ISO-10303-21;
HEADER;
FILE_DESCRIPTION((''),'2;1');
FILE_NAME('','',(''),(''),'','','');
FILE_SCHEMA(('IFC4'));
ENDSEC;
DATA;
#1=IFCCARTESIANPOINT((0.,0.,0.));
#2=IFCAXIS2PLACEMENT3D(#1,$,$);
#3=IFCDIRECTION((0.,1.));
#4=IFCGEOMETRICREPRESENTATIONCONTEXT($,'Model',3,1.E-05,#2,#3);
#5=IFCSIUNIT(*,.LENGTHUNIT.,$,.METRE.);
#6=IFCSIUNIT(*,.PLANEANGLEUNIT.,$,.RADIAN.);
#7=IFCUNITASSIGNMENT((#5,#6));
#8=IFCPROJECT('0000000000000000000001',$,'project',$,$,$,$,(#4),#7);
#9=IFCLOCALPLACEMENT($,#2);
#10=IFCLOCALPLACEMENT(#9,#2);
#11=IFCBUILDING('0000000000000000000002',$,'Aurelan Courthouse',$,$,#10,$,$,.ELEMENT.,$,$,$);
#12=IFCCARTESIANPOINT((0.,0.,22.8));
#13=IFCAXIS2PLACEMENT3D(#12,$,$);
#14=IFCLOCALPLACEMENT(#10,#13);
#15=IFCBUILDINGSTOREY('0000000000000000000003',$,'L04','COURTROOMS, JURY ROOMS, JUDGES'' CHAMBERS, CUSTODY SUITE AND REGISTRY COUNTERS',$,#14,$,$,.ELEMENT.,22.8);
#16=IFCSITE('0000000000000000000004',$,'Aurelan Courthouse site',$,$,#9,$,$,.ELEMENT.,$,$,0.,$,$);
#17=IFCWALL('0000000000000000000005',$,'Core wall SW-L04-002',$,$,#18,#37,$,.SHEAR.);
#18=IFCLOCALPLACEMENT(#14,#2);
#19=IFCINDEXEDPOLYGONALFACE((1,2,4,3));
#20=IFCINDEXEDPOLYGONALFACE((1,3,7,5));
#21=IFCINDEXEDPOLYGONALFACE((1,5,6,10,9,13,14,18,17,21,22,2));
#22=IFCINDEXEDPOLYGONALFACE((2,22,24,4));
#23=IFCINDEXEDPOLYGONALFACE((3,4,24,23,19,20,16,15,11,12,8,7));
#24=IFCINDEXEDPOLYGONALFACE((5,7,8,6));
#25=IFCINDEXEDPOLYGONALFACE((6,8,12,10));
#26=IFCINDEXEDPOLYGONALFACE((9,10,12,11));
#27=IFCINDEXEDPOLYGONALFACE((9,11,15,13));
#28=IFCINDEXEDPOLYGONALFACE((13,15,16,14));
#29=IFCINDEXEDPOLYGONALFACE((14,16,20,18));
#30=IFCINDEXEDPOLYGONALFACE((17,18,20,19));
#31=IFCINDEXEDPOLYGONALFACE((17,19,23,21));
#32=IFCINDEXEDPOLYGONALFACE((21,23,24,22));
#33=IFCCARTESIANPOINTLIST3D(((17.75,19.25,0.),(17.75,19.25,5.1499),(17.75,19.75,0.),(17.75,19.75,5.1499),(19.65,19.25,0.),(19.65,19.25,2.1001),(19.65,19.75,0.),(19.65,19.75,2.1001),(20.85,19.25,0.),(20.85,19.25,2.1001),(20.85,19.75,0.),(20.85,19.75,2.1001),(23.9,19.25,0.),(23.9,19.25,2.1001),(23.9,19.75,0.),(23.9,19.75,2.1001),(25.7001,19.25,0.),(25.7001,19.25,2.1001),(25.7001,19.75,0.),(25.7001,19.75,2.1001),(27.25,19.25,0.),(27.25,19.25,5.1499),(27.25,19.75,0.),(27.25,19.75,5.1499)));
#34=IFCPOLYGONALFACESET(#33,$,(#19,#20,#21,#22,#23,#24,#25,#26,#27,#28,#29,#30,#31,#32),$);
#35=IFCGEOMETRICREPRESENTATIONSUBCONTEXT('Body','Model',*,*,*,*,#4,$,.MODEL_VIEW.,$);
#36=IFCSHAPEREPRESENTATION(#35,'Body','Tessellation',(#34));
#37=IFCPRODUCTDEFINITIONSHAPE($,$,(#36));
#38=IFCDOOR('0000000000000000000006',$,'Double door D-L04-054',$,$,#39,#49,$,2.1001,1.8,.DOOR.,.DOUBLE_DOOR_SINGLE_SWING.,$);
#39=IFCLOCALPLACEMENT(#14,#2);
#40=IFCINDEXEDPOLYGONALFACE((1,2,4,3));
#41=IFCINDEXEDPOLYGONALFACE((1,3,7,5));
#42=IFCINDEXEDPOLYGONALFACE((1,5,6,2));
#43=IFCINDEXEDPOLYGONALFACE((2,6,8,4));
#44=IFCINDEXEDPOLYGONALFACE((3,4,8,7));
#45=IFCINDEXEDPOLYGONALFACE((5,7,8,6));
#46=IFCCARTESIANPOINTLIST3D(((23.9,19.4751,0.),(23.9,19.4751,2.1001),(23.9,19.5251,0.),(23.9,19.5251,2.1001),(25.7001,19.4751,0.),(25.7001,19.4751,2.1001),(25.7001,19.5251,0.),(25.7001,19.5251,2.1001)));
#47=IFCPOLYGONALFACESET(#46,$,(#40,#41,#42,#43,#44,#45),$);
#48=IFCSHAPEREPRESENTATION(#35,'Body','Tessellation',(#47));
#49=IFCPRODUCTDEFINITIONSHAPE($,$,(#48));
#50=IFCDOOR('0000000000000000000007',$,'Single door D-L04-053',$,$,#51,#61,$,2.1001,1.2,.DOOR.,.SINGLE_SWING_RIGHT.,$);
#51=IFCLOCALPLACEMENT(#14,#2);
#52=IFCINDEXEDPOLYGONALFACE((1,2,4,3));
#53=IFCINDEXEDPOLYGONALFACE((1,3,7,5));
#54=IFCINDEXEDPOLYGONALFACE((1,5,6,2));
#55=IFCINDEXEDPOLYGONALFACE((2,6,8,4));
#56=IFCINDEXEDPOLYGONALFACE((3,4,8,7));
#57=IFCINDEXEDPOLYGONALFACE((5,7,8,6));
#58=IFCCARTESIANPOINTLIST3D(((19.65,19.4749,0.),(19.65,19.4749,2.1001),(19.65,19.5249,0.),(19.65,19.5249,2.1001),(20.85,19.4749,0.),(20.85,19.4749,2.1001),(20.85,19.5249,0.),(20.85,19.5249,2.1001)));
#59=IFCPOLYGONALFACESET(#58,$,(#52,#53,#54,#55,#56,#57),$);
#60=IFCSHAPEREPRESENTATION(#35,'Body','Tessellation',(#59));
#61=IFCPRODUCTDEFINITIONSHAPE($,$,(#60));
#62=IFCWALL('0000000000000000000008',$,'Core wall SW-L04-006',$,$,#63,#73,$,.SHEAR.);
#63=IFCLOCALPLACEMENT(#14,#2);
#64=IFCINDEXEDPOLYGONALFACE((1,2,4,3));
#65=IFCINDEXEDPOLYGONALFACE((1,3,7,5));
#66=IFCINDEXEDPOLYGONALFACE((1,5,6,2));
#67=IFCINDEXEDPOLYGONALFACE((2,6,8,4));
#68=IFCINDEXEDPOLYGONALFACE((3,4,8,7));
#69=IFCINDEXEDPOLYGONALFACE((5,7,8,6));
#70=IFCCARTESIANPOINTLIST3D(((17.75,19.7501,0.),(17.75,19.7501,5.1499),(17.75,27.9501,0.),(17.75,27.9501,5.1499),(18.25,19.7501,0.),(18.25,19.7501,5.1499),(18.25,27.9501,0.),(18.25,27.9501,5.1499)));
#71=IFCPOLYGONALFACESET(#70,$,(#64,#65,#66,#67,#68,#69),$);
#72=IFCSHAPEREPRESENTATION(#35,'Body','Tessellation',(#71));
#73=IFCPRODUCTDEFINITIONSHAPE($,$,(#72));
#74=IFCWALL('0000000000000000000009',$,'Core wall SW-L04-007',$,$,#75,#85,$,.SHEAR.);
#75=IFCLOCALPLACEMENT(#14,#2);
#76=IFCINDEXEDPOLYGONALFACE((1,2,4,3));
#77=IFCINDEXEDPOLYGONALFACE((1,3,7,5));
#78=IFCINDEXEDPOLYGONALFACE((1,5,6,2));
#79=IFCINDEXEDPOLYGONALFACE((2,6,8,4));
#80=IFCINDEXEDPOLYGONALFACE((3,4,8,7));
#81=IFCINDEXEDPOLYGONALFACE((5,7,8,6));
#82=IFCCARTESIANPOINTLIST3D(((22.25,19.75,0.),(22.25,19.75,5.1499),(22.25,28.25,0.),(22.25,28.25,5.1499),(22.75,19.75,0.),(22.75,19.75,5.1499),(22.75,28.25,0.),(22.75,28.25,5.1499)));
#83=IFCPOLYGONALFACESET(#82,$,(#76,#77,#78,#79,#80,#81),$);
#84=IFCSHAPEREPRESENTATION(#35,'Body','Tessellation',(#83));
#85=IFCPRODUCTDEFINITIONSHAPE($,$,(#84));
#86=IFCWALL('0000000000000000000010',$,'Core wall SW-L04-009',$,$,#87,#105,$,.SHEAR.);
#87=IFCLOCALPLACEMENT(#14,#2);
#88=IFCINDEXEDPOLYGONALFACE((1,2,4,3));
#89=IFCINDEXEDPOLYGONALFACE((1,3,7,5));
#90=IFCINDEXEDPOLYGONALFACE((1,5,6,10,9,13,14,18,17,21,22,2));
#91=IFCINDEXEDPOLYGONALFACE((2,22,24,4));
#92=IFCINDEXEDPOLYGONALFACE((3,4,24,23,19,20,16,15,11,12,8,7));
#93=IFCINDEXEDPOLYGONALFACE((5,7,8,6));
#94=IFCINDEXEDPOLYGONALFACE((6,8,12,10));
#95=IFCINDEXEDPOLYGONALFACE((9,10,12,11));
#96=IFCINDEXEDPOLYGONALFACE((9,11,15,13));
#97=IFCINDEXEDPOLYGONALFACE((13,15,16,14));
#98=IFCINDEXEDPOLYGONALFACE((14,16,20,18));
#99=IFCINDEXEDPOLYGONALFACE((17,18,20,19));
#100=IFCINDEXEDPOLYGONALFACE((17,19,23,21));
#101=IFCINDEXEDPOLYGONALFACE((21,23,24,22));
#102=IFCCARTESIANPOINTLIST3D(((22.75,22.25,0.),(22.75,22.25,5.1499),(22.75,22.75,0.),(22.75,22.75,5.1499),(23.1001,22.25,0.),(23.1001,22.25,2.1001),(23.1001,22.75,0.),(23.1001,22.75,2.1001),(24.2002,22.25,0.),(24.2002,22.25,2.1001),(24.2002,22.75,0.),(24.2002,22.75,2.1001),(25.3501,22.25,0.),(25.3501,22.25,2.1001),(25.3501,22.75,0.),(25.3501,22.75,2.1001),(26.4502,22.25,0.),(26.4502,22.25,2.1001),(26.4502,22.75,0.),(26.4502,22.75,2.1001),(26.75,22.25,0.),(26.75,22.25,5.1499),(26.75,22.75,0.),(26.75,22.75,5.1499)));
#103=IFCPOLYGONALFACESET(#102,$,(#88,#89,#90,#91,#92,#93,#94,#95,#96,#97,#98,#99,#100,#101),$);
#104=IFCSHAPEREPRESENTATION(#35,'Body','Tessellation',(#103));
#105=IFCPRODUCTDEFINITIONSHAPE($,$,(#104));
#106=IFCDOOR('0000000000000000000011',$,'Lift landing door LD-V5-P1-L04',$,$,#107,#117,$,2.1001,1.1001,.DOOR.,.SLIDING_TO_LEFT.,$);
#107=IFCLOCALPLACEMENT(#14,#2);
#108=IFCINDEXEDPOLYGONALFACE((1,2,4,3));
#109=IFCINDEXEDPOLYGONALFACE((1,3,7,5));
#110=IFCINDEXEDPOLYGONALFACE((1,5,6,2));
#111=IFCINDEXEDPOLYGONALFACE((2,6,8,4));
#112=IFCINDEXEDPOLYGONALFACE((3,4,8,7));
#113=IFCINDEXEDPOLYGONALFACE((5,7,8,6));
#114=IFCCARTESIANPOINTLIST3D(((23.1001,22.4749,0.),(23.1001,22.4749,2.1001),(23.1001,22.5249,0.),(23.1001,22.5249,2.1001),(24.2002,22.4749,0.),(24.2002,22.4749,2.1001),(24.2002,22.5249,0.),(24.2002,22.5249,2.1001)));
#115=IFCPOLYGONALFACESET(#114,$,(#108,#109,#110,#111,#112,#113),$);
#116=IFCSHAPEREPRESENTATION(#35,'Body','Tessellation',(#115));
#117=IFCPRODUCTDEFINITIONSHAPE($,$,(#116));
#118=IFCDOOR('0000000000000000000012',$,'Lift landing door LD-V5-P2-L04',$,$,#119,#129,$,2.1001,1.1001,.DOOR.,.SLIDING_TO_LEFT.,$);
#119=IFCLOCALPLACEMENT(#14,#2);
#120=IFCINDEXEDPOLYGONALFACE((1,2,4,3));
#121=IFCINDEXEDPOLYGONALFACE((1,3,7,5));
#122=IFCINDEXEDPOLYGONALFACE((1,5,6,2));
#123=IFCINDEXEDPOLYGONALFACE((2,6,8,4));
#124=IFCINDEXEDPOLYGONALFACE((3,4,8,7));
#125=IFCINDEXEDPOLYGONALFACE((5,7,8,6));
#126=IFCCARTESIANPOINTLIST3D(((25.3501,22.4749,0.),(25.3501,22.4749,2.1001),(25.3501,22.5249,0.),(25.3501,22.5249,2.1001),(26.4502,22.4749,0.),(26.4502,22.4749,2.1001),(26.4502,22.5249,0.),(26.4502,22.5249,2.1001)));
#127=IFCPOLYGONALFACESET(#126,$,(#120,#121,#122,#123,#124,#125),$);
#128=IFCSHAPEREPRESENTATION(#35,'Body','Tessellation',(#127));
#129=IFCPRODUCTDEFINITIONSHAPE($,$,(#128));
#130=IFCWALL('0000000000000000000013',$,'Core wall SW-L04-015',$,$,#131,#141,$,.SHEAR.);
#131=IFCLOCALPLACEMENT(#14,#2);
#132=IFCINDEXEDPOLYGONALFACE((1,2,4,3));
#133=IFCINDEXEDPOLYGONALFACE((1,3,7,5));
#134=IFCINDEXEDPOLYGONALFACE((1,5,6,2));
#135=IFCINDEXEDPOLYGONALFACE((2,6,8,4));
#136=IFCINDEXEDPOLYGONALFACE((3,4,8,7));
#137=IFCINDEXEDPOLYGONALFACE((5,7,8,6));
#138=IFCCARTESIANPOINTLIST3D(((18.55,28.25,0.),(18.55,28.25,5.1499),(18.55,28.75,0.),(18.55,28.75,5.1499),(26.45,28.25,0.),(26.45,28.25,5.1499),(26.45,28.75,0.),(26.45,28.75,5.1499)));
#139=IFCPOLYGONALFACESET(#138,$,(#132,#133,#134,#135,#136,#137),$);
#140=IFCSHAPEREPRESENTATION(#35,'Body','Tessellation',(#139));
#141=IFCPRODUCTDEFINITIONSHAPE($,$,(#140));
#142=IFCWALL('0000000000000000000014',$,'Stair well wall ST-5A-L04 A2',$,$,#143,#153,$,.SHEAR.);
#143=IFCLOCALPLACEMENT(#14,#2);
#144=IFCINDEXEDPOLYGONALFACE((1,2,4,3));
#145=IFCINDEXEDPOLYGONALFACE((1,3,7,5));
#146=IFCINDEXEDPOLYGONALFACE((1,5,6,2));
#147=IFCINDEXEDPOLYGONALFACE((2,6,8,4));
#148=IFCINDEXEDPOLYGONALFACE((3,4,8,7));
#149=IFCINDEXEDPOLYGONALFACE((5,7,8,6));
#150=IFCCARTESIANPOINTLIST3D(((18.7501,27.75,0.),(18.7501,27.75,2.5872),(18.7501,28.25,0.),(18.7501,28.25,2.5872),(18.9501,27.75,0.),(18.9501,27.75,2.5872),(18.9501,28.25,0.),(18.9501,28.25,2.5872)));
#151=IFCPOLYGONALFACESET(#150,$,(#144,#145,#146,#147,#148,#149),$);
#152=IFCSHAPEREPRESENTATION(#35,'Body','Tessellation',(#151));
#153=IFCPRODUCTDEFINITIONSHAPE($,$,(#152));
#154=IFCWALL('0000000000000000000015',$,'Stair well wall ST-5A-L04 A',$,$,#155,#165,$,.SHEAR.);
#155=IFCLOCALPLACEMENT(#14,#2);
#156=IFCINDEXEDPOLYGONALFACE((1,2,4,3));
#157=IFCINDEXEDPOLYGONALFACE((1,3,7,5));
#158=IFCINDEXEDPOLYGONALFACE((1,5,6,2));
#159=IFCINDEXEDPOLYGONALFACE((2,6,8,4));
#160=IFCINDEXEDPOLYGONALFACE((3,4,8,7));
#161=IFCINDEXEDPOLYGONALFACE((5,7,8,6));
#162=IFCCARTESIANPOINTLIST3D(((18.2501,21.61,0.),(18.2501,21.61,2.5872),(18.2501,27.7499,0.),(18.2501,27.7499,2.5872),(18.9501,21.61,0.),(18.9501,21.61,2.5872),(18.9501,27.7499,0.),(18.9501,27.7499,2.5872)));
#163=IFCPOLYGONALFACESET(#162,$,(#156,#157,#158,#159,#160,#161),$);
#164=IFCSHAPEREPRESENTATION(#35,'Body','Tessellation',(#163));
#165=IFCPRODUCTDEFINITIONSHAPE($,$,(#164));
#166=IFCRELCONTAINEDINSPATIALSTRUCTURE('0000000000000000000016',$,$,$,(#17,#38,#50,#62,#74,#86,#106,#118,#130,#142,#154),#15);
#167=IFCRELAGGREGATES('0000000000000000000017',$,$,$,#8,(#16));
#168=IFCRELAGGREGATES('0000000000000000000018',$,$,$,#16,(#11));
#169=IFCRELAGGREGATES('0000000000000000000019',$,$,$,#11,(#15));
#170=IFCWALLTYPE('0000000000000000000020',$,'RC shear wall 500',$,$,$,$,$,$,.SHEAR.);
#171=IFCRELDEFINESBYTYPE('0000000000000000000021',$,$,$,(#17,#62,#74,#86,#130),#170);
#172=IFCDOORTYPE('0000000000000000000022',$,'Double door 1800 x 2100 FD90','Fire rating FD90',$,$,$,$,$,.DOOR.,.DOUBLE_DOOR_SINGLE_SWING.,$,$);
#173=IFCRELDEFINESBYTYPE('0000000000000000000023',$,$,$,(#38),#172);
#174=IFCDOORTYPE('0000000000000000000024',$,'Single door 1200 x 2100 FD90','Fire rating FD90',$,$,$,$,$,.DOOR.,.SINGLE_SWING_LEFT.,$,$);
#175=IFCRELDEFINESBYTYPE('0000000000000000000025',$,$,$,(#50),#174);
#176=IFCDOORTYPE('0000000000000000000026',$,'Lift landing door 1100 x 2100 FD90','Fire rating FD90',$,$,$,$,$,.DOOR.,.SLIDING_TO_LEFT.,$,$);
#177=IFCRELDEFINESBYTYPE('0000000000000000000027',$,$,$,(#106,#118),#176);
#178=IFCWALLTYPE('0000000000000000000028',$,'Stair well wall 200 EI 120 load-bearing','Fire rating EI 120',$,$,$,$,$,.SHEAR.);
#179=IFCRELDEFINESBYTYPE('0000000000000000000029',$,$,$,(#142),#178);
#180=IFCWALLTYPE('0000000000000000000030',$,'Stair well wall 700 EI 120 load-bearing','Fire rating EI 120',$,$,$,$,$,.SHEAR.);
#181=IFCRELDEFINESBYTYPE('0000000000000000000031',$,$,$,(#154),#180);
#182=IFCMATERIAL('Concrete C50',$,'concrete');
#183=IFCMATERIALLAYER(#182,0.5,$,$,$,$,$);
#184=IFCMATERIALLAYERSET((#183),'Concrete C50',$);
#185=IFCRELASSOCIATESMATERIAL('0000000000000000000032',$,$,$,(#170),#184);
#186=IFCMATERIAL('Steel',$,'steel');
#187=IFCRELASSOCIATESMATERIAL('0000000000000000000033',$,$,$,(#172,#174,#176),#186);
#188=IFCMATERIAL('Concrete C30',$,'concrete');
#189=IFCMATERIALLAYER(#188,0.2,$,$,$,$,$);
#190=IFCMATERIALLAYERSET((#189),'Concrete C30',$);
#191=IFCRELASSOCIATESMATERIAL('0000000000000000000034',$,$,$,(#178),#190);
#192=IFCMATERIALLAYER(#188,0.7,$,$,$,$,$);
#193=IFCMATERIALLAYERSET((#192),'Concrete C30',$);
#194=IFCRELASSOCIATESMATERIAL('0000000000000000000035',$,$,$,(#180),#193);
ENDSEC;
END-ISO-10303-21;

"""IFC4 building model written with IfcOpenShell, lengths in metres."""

from ifc_helpers import new_model, si_unit, direction, frame, frame_2d, origin, place, context, subcontext, project, spatial, rectangle, extrude, material, layer, layer_set, type_object, element, fill, save


model = new_model("IFC4")

# Units and contexts
model_context = context("Model", 3, precision=1e-05, world=origin(), true_north=direction((0.0, 1.0)))
body_context = subcontext(model_context, "Body", "Model", "MODEL_VIEW")
ifc_project = project(units=[si_unit("LENGTHUNIT", "METRE"), si_unit("PLANEANGLEUNIT", "RADIAN")], contexts=[model_context])

# Site, building, storey
site_placement = place(None, origin())
site = spatial("IfcSite", under=ifc_project, at=site_placement, Name="Aurelan Courthouse site", CompositionType="ELEMENT", RefElevation=0.0)
building_placement = place(site_placement, origin())
building = spatial("IfcBuilding", under=site, at=building_placement, Name="Aurelan Courthouse", CompositionType="ELEMENT")
storey_placement = place(building_placement, frame((0.0, 0.0, 22.8)))
storey = spatial("IfcBuildingStorey", under=building, at=storey_placement, Name="L04", Description="COURTROOMS, JURY ROOMS, JUDGES' CHAMBERS, CUSTODY SUITE AND REGISTRY COUNTERS", CompositionType="ELEMENT", Elevation=22.8)

# Shared definitions
ifc_material_1 = material(Name="Concrete C50", Category="concrete")

# Shared definitions
ifc_material_2 = material(Name="Concrete C30", Category="concrete")

# Shared definitions
ifc_material_3 = material(Name="Steel", Category="steel")

# Wall, openings, doors
ifc_layer_1 = layer(ifc_material_1, 0.5)
ifc_layer_set_1 = layer_set([ifc_layer_1], Name="Concrete C50")
wall_type_1 = type_object("IfcWallType", Name="RC shear wall 500", PredefinedType="SHEAR", material=ifc_layer_set_1)
wall_1_placement = place(storey_placement, frame((17.75, 19.5, 0.0), z_axis=(0.0, 0.0, 1.0), x_axis=(1.0, 0.0, 0.0)))
wall_1 = element("IfcWall", 1, at=wall_1_placement, inside=storey, type_object=wall_type_1, Name="Core wall SW-L04-002", PredefinedType="SHEAR", context=body_context, shape_type="SweptSolid", body=[
    extrude(rectangle(XDim=9.5, YDim=0.5, at=frame_2d((4.75, 0.0))), origin(), (0.0, 0.0, 1.0), 5.1499),
])
opening_1_placement = place(wall_1_placement, frame((1.8999, 0.0, 0.0)))
opening_1 = element("IfcOpeningElement", 2, at=opening_1_placement, cuts=wall_1, PredefinedType="OPENING", context=body_context, shape_type="SweptSolid", body=[
    extrude(rectangle(XDim=1.2, YDim=2.1001, at=frame_2d((0.6001, 1.05))), frame((0.0, 0.26, 0.0), z_axis=(0.0, -1.0, 0.0), x_axis=(1.0, 0.0, 0.0)), (0.0, 0.0, 1.0), 0.52),
])
opening_2_placement = place(wall_1_placement, frame((7.95, 0.0, 0.0), z_axis=(0.0, 0.0, 1.0), x_axis=(-1.0, 0.0, 0.0)))
opening_2 = element("IfcOpeningElement", 3, at=opening_2_placement, cuts=wall_1, PredefinedType="OPENING", context=body_context, shape_type="SweptSolid", body=[
    extrude(rectangle(XDim=1.8, YDim=2.1001, at=frame_2d((0.8999, 1.05))), frame((0.0, 0.26, 0.0), z_axis=(0.0, -1.0, 0.0), x_axis=(1.0, 0.0, 0.0)), (0.0, 0.0, 1.0), 0.52),
])
door_type_1 = type_object("IfcDoorType", Name="Double door 1800 x 2100 FD90", Description="Fire rating FD90", OperationType="DOUBLE_DOOR_SINGLE_SWING", PredefinedType="DOOR", material=ifc_material_3)
door_1_placement = place(opening_2_placement, origin())
door_1 = element("IfcDoor", 4, at=door_1_placement, inside=storey, type_object=door_type_1, Name="Double door D-L04-054", OperationType="DOUBLE_DOOR_SINGLE_SWING", OverallHeight=2.1001, OverallWidth=1.8, PredefinedType="DOOR", context=body_context, shape_type="SweptSolid", body=[
    extrude(rectangle(XDim=1.8, YDim=2.1001, at=frame_2d((0.8999, 1.05))), frame((0.0, 0.0249, 0.0), z_axis=(0.0, -1.0, 0.0), x_axis=(1.0, 0.0, 0.0)), (0.0, 0.0, 1.0), 0.05),
])
fill(opening_2, door_1)
door_type_2 = type_object("IfcDoorType", Name="Single door 1200 x 2100 FD90", Description="Fire rating FD90", OperationType="SINGLE_SWING_LEFT", PredefinedType="DOOR", material=ifc_material_3)
door_2_placement = place(opening_1_placement, origin())
door_2 = element("IfcDoor", 5, at=door_2_placement, inside=storey, type_object=door_type_2, Name="Single door D-L04-053", OperationType="SINGLE_SWING_RIGHT", OverallHeight=2.1001, OverallWidth=1.2, PredefinedType="DOOR", context=body_context, shape_type="SweptSolid", body=[
    extrude(rectangle(XDim=1.2, YDim=2.1001, at=frame_2d((0.6001, 1.05))), frame((0.0, 0.0249, 0.0), z_axis=(0.0, -1.0, 0.0), x_axis=(1.0, 0.0, 0.0)), (0.0, 0.0, 1.0), 0.05),
])
fill(opening_1, door_2)

# Walls
wall_2_placement = place(storey_placement, frame((18.0, 19.75, 0.0), z_axis=(0.0, 0.0, 1.0), x_axis=(0.0, 1.0, 0.0)))
element("IfcWall", 6, at=wall_2_placement, inside=storey, type_object=wall_type_1, Name="Core wall SW-L04-006", PredefinedType="SHEAR", context=body_context, shape_type="SweptSolid", body=[
    extrude(rectangle(XDim=8.2, YDim=0.5, at=frame_2d((4.1001, 0.0))), origin(), (0.0, 0.0, 1.0), 5.1499),
])
wall_3_placement = place(storey_placement, frame((22.5, 19.75, 0.0), z_axis=(0.0, 0.0, 1.0), x_axis=(0.0, 1.0, 0.0)))
element("IfcWall", 7, at=wall_3_placement, inside=storey, type_object=wall_type_1, Name="Core wall SW-L04-007", PredefinedType="SHEAR", context=body_context, shape_type="SweptSolid", body=[
    extrude(rectangle(XDim=8.5, YDim=0.5, at=frame_2d((4.25, 0.0))), origin(), (0.0, 0.0, 1.0), 5.1499),
])

# Wall, openings, doors
wall_4_placement = place(storey_placement, frame((22.75, 22.5, 0.0), z_axis=(0.0, 0.0, 1.0), x_axis=(1.0, 0.0, 0.0)))
wall_4 = element("IfcWall", 8, at=wall_4_placement, inside=storey, type_object=wall_type_1, Name="Core wall SW-L04-009", PredefinedType="SHEAR", context=body_context, shape_type="SweptSolid", body=[
    extrude(rectangle(XDim=4.0, YDim=0.5, at=frame_2d((2.0, 0.0))), origin(), (0.0, 0.0, 1.0), 5.1499),
])
opening_3_placement = place(wall_4_placement, frame((0.3501, 0.0, 0.0)))
opening_3 = element("IfcOpeningElement", 9, at=opening_3_placement, cuts=wall_4, PredefinedType="OPENING", context=body_context, shape_type="SweptSolid", body=[
    extrude(rectangle(XDim=1.1001, YDim=2.1001, at=frame_2d((0.55, 1.05))), frame((0.0, 0.26, 0.0), z_axis=(0.0, -1.0, 0.0), x_axis=(1.0, 0.0, 0.0)), (0.0, 0.0, 1.0), 0.52),
])
opening_4_placement = place(wall_4_placement, frame((2.6001, 0.0, 0.0)))
opening_4 = element("IfcOpeningElement", 10, at=opening_4_placement, cuts=wall_4, PredefinedType="OPENING", context=body_context, shape_type="SweptSolid", body=[
    extrude(rectangle(XDim=1.1001, YDim=2.1001, at=frame_2d((0.55, 1.05))), frame((0.0, 0.26, 0.0), z_axis=(0.0, -1.0, 0.0), x_axis=(1.0, 0.0, 0.0)), (0.0, 0.0, 1.0), 0.52),
])
door_type_3 = type_object("IfcDoorType", Name="Lift landing door 1100 x 2100 FD90", Description="Fire rating FD90", OperationType="SLIDING_TO_LEFT", PredefinedType="DOOR", material=ifc_material_3)
door_3_placement = place(opening_3_placement, origin())
door_3 = element("IfcDoor", 11, at=door_3_placement, inside=storey, type_object=door_type_3, Name="Lift landing door LD-V5-P1-L04", OperationType="SLIDING_TO_LEFT", OverallHeight=2.1001, OverallWidth=1.1001, PredefinedType="DOOR", context=body_context, shape_type="SweptSolid", body=[
    extrude(rectangle(XDim=1.1001, YDim=2.1001, at=frame_2d((0.55, 1.05))), frame((0.0, 0.0249, 0.0), z_axis=(0.0, -1.0, 0.0), x_axis=(1.0, 0.0, 0.0)), (0.0, 0.0, 1.0), 0.05),
])
fill(opening_3, door_3)
door_4_placement = place(opening_4_placement, origin())
door_4 = element("IfcDoor", 12, at=door_4_placement, inside=storey, type_object=door_type_3, Name="Lift landing door LD-V5-P2-L04", OperationType="SLIDING_TO_LEFT", OverallHeight=2.1001, OverallWidth=1.1001, PredefinedType="DOOR", context=body_context, shape_type="SweptSolid", body=[
    extrude(rectangle(XDim=1.1001, YDim=2.1001, at=frame_2d((0.55, 1.05))), frame((0.0, 0.0249, 0.0), z_axis=(0.0, -1.0, 0.0), x_axis=(1.0, 0.0, 0.0)), (0.0, 0.0, 1.0), 0.05),
])
fill(opening_4, door_4)

# Walls
wall_5_placement = place(storey_placement, frame((18.55, 28.5, 0.0), z_axis=(0.0, 0.0, 1.0), x_axis=(1.0, 0.0, 0.0)))
element("IfcWall", 13, at=wall_5_placement, inside=storey, type_object=wall_type_1, Name="Core wall SW-L04-015", PredefinedType="SHEAR", context=body_context, shape_type="SweptSolid", body=[
    extrude(rectangle(XDim=7.8999, YDim=0.5, at=frame_2d((3.95, 0.0))), origin(), (0.0, 0.0, 1.0), 5.1499),
])
ifc_layer_2 = layer(ifc_material_2, 0.2)
ifc_layer_set_2 = layer_set([ifc_layer_2], Name="Concrete C30")
wall_type_2 = type_object("IfcWallType", Name="Stair well wall 200 EI 120 load-bearing", Description="Fire rating EI 120", PredefinedType="SHEAR", material=ifc_layer_set_2)
wall_6_placement = place(storey_placement, frame((18.8501, 27.75, 0.0), z_axis=(0.0, 0.0, 1.0), x_axis=(0.0, 1.0, 0.0)))
element("IfcWall", 14, at=wall_6_placement, inside=storey, type_object=wall_type_2, Name="Stair well wall ST-5A-L04 A2", PredefinedType="SHEAR", context=body_context, shape_type="SweptSolid", body=[
    extrude(rectangle(XDim=0.5, YDim=0.2, at=frame_2d((0.25, 0.0))), origin(), (0.0, 0.0, 1.0), 2.5872),
])
ifc_layer_3 = layer(ifc_material_2, 0.7)
ifc_layer_set_3 = layer_set([ifc_layer_3], Name="Concrete C30")
wall_type_3 = type_object("IfcWallType", Name="Stair well wall 700 EI 120 load-bearing", Description="Fire rating EI 120", PredefinedType="SHEAR", material=ifc_layer_set_3)
wall_7_placement = place(storey_placement, frame((18.6001, 21.6101, 0.0), z_axis=(0.0, 0.0, 1.0), x_axis=(0.0, 1.0, 0.0)))
element("IfcWall", 15, at=wall_7_placement, inside=storey, type_object=wall_type_3, Name="Stair well wall ST-5A-L04 A", PredefinedType="SHEAR", context=body_context, shape_type="SweptSolid", body=[
    extrude(rectangle(XDim=6.1399, YDim=0.7, at=frame_2d((3.0698, 0.0))), origin(), (0.0, 0.0, 1.0), 2.5872),
])

save(model, "model.ifc")
